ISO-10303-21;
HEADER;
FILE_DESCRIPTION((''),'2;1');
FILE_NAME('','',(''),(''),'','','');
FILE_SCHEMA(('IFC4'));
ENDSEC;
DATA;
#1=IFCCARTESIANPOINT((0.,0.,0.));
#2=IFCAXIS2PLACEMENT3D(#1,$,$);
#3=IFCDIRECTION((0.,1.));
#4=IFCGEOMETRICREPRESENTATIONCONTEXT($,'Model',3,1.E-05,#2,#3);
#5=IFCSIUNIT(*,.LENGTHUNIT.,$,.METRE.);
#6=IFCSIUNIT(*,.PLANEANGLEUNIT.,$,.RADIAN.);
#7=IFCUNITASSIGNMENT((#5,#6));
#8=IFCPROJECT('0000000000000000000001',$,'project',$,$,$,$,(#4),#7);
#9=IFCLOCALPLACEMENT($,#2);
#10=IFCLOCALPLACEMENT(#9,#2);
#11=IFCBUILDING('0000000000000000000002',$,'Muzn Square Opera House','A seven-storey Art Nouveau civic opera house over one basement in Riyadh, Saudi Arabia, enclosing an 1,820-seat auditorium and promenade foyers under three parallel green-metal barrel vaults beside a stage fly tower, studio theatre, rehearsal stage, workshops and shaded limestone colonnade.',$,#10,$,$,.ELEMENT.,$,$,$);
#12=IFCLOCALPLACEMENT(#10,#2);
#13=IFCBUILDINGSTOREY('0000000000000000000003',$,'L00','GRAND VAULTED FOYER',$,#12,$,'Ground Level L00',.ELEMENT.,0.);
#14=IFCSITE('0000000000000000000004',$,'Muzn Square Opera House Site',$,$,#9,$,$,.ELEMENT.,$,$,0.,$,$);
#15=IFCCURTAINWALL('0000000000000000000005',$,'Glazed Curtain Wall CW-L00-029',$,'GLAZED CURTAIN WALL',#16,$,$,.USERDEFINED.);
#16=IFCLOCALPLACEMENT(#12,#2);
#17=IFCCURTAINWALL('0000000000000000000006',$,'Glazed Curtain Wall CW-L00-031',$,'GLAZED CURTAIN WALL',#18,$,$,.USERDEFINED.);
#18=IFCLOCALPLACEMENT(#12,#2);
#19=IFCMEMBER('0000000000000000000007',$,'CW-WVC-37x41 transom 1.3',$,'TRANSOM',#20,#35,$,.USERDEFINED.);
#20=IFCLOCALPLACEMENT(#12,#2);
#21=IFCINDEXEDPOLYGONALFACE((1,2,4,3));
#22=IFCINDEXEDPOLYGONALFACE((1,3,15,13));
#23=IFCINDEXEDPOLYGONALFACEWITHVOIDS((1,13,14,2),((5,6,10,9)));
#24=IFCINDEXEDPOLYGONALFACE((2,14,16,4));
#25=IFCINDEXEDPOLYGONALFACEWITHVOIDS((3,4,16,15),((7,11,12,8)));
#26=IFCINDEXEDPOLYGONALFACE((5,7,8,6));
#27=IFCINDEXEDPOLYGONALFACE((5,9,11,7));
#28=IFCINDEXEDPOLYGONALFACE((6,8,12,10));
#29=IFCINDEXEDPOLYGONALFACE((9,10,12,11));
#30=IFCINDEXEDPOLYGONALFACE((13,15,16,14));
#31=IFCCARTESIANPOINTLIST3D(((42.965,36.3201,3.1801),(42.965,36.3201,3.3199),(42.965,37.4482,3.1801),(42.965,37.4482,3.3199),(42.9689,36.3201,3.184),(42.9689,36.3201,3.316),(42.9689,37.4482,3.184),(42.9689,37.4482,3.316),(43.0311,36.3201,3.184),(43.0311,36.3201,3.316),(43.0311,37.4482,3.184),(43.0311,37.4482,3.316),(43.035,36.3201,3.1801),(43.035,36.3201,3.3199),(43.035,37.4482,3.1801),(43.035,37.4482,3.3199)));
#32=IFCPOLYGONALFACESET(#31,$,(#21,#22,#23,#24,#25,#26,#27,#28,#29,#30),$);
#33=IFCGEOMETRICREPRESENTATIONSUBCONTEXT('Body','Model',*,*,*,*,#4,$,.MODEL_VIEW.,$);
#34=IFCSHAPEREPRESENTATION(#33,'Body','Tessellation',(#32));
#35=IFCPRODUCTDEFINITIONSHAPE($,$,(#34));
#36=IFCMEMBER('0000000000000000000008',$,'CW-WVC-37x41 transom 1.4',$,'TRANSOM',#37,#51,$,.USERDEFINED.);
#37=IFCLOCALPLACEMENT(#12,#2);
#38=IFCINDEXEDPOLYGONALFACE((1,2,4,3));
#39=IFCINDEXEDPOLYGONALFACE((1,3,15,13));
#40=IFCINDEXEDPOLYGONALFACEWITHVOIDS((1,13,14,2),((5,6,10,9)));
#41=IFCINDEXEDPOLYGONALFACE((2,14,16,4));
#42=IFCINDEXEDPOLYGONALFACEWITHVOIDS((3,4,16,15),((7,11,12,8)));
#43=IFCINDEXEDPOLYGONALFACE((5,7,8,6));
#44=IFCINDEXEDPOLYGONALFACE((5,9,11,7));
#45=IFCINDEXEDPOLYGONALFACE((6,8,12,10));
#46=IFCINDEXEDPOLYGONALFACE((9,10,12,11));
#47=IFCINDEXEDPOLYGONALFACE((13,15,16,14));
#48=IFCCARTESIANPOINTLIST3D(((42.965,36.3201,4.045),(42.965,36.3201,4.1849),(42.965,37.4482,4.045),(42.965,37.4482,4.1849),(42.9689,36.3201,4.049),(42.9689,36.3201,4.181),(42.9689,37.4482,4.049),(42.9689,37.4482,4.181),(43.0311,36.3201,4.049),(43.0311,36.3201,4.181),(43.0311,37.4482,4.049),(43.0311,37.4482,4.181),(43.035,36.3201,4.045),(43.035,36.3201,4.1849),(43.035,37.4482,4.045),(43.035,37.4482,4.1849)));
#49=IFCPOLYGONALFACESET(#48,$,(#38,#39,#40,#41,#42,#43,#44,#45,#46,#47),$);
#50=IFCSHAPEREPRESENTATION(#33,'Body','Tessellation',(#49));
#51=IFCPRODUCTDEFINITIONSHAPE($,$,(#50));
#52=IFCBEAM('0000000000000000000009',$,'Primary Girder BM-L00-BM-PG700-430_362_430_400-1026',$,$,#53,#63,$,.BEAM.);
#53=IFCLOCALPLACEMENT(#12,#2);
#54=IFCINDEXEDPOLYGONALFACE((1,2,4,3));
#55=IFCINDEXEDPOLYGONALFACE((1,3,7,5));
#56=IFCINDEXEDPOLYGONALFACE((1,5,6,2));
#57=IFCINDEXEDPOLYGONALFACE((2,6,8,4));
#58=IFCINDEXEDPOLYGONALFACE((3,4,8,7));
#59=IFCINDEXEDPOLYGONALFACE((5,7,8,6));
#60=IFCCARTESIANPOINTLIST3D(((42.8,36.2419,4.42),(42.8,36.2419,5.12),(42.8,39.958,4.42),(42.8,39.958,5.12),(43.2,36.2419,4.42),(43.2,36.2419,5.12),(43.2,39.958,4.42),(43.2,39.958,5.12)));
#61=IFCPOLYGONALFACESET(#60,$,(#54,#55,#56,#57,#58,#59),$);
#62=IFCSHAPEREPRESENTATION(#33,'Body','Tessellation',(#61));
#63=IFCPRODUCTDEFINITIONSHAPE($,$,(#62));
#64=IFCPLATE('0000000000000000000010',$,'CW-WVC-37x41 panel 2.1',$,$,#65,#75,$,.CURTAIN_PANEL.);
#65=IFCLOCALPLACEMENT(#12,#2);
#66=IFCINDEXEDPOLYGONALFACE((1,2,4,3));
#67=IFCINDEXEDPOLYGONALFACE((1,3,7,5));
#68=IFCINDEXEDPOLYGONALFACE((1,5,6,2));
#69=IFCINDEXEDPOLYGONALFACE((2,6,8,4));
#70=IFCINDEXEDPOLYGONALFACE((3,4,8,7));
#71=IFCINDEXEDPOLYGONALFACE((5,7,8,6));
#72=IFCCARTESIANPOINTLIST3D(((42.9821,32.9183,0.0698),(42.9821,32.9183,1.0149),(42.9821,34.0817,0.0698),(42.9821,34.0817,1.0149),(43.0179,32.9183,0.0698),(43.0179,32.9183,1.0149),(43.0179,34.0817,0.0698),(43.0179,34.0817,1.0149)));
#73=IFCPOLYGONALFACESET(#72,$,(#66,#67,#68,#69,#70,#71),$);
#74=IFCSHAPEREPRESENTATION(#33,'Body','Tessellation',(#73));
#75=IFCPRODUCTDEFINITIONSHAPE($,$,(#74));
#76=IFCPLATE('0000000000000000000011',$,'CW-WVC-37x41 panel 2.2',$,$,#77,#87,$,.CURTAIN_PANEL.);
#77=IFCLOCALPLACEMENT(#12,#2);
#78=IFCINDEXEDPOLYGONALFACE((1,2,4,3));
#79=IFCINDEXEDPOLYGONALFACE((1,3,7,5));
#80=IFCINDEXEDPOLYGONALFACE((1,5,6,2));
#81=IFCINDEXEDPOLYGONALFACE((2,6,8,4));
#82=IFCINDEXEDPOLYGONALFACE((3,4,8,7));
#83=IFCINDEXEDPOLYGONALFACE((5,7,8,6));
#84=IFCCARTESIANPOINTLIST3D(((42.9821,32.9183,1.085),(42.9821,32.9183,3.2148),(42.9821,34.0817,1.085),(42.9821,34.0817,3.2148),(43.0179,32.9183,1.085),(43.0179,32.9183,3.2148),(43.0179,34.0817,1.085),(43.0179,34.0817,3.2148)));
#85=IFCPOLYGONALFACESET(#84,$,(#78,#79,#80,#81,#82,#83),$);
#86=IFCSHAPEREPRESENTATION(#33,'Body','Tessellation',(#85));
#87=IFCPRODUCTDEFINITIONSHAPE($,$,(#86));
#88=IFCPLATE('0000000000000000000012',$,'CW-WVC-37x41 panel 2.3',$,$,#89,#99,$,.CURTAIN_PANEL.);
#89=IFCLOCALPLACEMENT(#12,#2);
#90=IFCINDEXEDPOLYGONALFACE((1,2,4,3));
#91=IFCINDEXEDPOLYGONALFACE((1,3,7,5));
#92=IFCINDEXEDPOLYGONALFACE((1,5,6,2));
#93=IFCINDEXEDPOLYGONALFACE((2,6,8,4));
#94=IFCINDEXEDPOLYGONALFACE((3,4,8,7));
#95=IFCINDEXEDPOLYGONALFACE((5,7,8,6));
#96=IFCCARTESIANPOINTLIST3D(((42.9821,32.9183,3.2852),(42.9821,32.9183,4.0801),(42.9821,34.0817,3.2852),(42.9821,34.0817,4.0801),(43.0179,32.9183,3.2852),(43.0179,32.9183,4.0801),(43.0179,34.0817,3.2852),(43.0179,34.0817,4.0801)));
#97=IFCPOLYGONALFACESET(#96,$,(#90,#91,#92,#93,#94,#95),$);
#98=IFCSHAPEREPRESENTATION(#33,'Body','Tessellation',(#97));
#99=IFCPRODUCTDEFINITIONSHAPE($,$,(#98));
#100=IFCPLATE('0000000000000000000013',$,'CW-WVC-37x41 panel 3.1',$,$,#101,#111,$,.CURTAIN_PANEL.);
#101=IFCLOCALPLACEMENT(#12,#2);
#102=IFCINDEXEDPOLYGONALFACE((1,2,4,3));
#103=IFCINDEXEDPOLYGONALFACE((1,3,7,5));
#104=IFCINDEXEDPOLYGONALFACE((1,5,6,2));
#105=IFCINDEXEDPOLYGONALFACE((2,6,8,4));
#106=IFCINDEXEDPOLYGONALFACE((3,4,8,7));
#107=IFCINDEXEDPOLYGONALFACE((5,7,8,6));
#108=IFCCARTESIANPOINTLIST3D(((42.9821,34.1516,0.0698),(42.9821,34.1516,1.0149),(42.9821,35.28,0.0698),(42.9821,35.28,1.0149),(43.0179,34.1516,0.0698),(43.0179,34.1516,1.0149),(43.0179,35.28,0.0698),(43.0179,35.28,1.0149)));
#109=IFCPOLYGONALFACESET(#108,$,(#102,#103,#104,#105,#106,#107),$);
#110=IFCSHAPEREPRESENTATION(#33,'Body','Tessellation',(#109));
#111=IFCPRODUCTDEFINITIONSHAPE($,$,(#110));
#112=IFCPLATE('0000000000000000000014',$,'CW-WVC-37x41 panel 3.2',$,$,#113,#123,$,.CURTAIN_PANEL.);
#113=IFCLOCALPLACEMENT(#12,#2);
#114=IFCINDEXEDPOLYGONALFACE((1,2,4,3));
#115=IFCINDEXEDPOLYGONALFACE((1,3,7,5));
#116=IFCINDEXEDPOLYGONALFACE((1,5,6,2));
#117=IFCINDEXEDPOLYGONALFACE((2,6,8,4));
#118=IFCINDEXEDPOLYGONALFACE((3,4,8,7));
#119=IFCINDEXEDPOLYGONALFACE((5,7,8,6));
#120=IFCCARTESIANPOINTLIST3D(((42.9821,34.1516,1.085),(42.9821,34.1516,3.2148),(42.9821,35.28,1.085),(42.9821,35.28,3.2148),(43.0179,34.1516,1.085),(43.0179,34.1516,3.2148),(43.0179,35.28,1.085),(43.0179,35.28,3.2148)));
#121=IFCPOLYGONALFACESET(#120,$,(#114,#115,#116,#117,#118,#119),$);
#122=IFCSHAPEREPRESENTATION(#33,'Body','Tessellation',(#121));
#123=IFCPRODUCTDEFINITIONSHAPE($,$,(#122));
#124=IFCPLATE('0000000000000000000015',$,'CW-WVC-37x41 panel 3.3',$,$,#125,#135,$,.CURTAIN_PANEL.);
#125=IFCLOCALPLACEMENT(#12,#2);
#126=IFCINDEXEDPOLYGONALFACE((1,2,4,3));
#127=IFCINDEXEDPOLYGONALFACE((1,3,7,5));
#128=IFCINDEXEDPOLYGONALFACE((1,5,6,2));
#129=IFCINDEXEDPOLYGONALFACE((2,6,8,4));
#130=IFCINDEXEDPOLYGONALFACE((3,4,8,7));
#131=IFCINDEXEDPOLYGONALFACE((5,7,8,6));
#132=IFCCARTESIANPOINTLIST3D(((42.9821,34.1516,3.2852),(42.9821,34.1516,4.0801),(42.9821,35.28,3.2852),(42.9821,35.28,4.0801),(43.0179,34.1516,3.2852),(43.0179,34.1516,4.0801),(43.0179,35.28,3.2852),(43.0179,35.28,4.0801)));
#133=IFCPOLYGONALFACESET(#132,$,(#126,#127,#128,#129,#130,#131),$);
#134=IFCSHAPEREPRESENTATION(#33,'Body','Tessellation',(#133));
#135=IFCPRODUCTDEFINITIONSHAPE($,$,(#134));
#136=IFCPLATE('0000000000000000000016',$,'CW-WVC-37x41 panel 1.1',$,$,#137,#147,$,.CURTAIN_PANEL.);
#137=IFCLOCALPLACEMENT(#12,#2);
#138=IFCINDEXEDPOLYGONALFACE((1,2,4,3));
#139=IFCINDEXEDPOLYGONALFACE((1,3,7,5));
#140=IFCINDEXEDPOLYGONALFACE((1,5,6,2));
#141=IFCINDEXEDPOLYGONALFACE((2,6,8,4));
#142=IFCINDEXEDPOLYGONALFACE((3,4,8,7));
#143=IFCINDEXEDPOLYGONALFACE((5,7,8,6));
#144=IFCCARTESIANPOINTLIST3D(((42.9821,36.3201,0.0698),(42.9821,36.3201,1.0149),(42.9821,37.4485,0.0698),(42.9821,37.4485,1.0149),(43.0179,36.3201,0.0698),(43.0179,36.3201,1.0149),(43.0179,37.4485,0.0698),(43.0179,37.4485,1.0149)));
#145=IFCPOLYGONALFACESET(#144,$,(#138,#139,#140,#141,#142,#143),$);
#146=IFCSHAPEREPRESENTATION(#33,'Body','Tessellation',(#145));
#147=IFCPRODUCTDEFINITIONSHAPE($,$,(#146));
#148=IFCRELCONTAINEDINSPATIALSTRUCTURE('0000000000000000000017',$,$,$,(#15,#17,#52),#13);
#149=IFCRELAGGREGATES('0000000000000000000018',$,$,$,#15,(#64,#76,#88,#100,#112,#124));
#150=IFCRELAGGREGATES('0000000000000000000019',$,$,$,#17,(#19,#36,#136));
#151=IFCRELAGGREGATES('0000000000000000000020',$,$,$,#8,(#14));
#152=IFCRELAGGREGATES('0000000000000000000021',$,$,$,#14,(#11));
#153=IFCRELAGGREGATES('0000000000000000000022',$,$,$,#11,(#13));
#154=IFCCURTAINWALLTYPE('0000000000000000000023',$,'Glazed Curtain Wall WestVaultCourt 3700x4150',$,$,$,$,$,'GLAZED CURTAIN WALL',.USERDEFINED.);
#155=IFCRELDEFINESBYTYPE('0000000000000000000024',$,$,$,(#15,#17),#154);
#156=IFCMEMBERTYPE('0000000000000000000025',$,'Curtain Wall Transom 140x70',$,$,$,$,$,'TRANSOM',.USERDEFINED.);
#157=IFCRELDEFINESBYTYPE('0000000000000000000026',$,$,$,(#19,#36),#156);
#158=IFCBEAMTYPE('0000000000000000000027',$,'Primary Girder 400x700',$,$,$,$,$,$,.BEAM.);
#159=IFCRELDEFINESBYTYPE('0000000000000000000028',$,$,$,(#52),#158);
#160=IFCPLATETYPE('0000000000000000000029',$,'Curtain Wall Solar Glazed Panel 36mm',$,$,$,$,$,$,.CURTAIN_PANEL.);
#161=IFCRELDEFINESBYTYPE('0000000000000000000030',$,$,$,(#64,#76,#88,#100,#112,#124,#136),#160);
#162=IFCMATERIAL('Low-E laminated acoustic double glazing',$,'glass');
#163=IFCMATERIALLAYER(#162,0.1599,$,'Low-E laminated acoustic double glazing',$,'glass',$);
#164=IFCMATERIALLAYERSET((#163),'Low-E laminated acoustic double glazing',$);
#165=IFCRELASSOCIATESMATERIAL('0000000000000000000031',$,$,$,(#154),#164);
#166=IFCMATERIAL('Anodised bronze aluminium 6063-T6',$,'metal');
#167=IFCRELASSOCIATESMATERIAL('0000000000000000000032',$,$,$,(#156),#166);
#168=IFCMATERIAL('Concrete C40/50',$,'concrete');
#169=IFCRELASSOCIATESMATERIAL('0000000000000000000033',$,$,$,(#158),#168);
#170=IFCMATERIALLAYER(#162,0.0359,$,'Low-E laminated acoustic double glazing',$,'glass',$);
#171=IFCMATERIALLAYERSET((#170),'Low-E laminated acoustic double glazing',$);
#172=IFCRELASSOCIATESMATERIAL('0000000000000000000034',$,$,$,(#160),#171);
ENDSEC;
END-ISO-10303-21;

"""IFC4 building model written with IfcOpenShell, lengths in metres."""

from ifc_helpers import new_model, si_unit, direction, frame, origin, origin_2d, place, context, subcontext, project, spatial, rectangle, hollow_rectangle, extrude, material, layer, layer_set, material_profile, profile_set, type_object, element, aggregate, save


model = new_model("IFC4")

# Units and contexts
model_context = context("Model", 3, precision=1e-05, world=origin(), true_north=direction((0.0, 1.0)))
body_context = subcontext(model_context, "Body", "Model", "MODEL_VIEW")
ifc_project = project(units=[si_unit("LENGTHUNIT", "METRE"), si_unit("PLANEANGLEUNIT", "RADIAN")], contexts=[model_context])

# Site, building, storey
site_placement = place(None, origin())
site = spatial("IfcSite", under=ifc_project, at=site_placement, Name="Muzn Square Opera House Site", CompositionType="ELEMENT", RefElevation=0.0)
building_placement = place(site_placement, origin())
building = spatial("IfcBuilding", under=site, at=building_placement, Name="Muzn Square Opera House", Description="A seven-storey Art Nouveau civic opera house over one basement in Riyadh, Saudi Arabia, enclosing an 1,820-seat auditorium and promenade foyers under three parallel green-metal barrel vaults beside a stage fly tower, studio theatre, rehearsal stage, workshops and shaded limestone colonnade.", CompositionType="ELEMENT")
storey_placement = place(building_placement, origin())
storey = spatial("IfcBuildingStorey", under=building, at=storey_placement, Name="L00", Description="GRAND VAULTED FOYER", LongName="Ground Level L00", CompositionType="ELEMENT", Elevation=0.0)

# Curtain wall
ifc_material_1 = material(Name="Low-E laminated acoustic double glazing", Category="glass")
ifc_layer_1 = layer(ifc_material_1, 0.1599, Name="Low-E laminated acoustic double glazing", Category="glass")
ifc_layer_set_1 = layer_set([ifc_layer_1], Name="Low-E laminated acoustic double glazing")
curtain_wall_type = type_object("IfcCurtainWallType", Name="Glazed Curtain Wall WestVaultCourt 3700x4150", ElementType="GLAZED CURTAIN WALL", PredefinedType="USERDEFINED", material=ifc_layer_set_1)
curtain_wall_1_placement = place(storey_placement, origin())
curtain_wall_1 = element("IfcCurtainWall", 1, at=curtain_wall_1_placement, inside=storey, type_object=curtain_wall_type, Name="Glazed Curtain Wall CW-L00-029", ObjectType="GLAZED CURTAIN WALL", PredefinedType="USERDEFINED")
ifc_material_2 = material(Name="Anodised bronze aluminium 6063-T6", Category="metal")

# Curtain wall
curtain_wall_2_placement = place(storey_placement, origin())
curtain_wall_2 = element("IfcCurtainWall", 2, at=curtain_wall_2_placement, inside=storey, type_object=curtain_wall_type, Name="Glazed Curtain Wall CW-L00-031", ObjectType="GLAZED CURTAIN WALL", PredefinedType="USERDEFINED")

# Members
ifc_material_profile_1 = material_profile(ifc_material_2, hollow_rectangle(XDim=0.0701, YDim=0.1399, WallThickness=0.0039, at=origin_2d()), Name="ALU 140x70x4", Category="metal")
ifc_profile_set_1 = profile_set([ifc_material_profile_1], Name="Anodised bronze aluminium 6063-T6")
member_type_1 = type_object("IfcMemberType", Name="Curtain Wall Transom 140x70", ElementType="TRANSOM", PredefinedType="USERDEFINED", material=ifc_profile_set_1)
member_1_placement = place(storey_placement, frame((43.0, 36.3201, 3.25), z_axis=(0.0, 1.0, 0.0), x_axis=(-1.0, 0.0, 0.0)))
member_1 = element("IfcMember", 3, at=member_1_placement, type_object=member_type_1, Name="CW-WVC-37x41 transom 1.3", ObjectType="TRANSOM", PredefinedType="USERDEFINED", context=body_context, shape_type="SweptSolid", body=[
    extrude(hollow_rectangle(XDim=0.0701, YDim=0.1399, WallThickness=0.0039, at=origin_2d()), origin(), (0.0, 0.0, 1.0), 1.1282),
])
member_2_placement = place(storey_placement, frame((43.0, 36.3201, 4.115), z_axis=(0.0, 1.0, 0.0), x_axis=(-1.0, 0.0, 0.0)))
member_2 = element("IfcMember", 4, at=member_2_placement, type_object=member_type_1, Name="CW-WVC-37x41 transom 1.4", ObjectType="TRANSOM", PredefinedType="USERDEFINED", context=body_context, shape_type="SweptSolid", body=[
    extrude(hollow_rectangle(XDim=0.0701, YDim=0.1399, WallThickness=0.0039, at=origin_2d()), origin(), (0.0, 0.0, 1.0), 1.1282),
])

# Beam
ifc_material_3 = material(Name="Concrete C40/50", Category="concrete")
ifc_material_profile_2 = material_profile(ifc_material_3, rectangle(XDim=0.3999, YDim=0.7, at=origin_2d()), Name="RCB 400x700", Category="concrete")
ifc_profile_set_2 = profile_set([ifc_material_profile_2], Name="Concrete C40/50")
beam_type = type_object("IfcBeamType", Name="Primary Girder 400x700", PredefinedType="BEAM", material=ifc_profile_set_2)
beam_placement = place(storey_placement, frame((43.0, 36.2419, 4.77), z_axis=(0.0, 1.0, 0.0), x_axis=(-1.0, 0.0, 0.0)))
element("IfcBeam", 5, at=beam_placement, inside=storey, type_object=beam_type, Name="Primary Girder BM-L00-BM-PG700-430_362_430_400-1026", PredefinedType="BEAM", context=body_context, shape_type="SweptSolid", body=[
    extrude(rectangle(XDim=0.3999, YDim=0.7, at=origin_2d()), origin(), (0.0, 0.0, 1.0), 3.7161),
])

# Plates
ifc_layer_2 = layer(ifc_material_1, 0.0359, Name="Low-E laminated acoustic double glazing", Category="glass")
ifc_layer_set_2 = layer_set([ifc_layer_2], Name="Low-E laminated acoustic double glazing")
plate_type = type_object("IfcPlateType", Name="Curtain Wall Solar Glazed Panel 36mm", PredefinedType="CURTAIN_PANEL", material=ifc_layer_set_2)
plate_1_placement = place(storey_placement, frame((43.0, 33.5, 0.0698), z_axis=(0.0, 0.0, 1.0), x_axis=(0.0, 1.0, 0.0)))
plate_1 = element("IfcPlate", 6, at=plate_1_placement, type_object=plate_type, Name="CW-WVC-37x41 panel 2.1", PredefinedType="CURTAIN_PANEL", context=body_context, shape_type="SweptSolid", body=[
    extrude(rectangle(XDim=1.1633, YDim=0.0359, at=origin_2d()), origin(), (0.0, 0.0, 1.0), 0.9451),
])
plate_2_placement = place(storey_placement, frame((43.0, 33.5, 1.085), z_axis=(0.0, 0.0, 1.0), x_axis=(0.0, 1.0, 0.0)))
plate_2 = element("IfcPlate", 7, at=plate_2_placement, type_object=plate_type, Name="CW-WVC-37x41 panel 2.2", PredefinedType="CURTAIN_PANEL", context=body_context, shape_type="SweptSolid", body=[
    extrude(rectangle(XDim=1.1633, YDim=0.0359, at=origin_2d()), origin(), (0.0, 0.0, 1.0), 2.1299),
])
plate_3_placement = place(storey_placement, frame((43.0, 33.5, 3.2852), z_axis=(0.0, 0.0, 1.0), x_axis=(0.0, 1.0, 0.0)))
plate_3 = element("IfcPlate", 8, at=plate_3_placement, type_object=plate_type, Name="CW-WVC-37x41 panel 2.3", PredefinedType="CURTAIN_PANEL", context=body_context, shape_type="SweptSolid", body=[
    extrude(rectangle(XDim=1.1633, YDim=0.0359, at=origin_2d()), origin(), (0.0, 0.0, 1.0), 0.7949),
])
plate_4_placement = place(storey_placement, frame((43.0, 34.7158, 0.0698), z_axis=(0.0, 0.0, 1.0), x_axis=(0.0, 1.0, 0.0)))
plate_4 = element("IfcPlate", 9, at=plate_4_placement, type_object=plate_type, Name="CW-WVC-37x41 panel 3.1", PredefinedType="CURTAIN_PANEL", context=body_context, shape_type="SweptSolid", body=[
    extrude(rectangle(XDim=1.1284, YDim=0.0359, at=origin_2d()), origin(), (0.0, 0.0, 1.0), 0.9451),
])
plate_5_placement = place(storey_placement, frame((43.0, 34.7158, 1.085), z_axis=(0.0, 0.0, 1.0), x_axis=(0.0, 1.0, 0.0)))
plate_5 = element("IfcPlate", 10, at=plate_5_placement, type_object=plate_type, Name="CW-WVC-37x41 panel 3.2", PredefinedType="CURTAIN_PANEL", context=body_context, shape_type="SweptSolid", body=[
    extrude(rectangle(XDim=1.1284, YDim=0.0359, at=origin_2d()), origin(), (0.0, 0.0, 1.0), 2.1299),
])
plate_6_placement = place(storey_placement, frame((43.0, 34.7158, 3.2852), z_axis=(0.0, 0.0, 1.0), x_axis=(0.0, 1.0, 0.0)))
plate_6 = element("IfcPlate", 11, at=plate_6_placement, type_object=plate_type, Name="CW-WVC-37x41 panel 3.3", PredefinedType="CURTAIN_PANEL", context=body_context, shape_type="SweptSolid", body=[
    extrude(rectangle(XDim=1.1284, YDim=0.0359, at=origin_2d()), origin(), (0.0, 0.0, 1.0), 0.7949),
])
aggregate(curtain_wall_1, [plate_1, plate_2, plate_3, plate_4, plate_5, plate_6])
plate_7_placement = place(storey_placement, frame((43.0, 36.8843, 0.0698), z_axis=(0.0, 0.0, 1.0), x_axis=(0.0, 1.0, 0.0)))
plate_7 = element("IfcPlate", 12, at=plate_7_placement, type_object=plate_type, Name="CW-WVC-37x41 panel 1.1", PredefinedType="CURTAIN_PANEL", context=body_context, shape_type="SweptSolid", body=[
    extrude(rectangle(XDim=1.1284, YDim=0.0359, at=origin_2d()), origin(), (0.0, 0.0, 1.0), 0.9451),
])
aggregate(curtain_wall_2, [member_1, member_2, plate_7])

save(model, "model.ifc")
